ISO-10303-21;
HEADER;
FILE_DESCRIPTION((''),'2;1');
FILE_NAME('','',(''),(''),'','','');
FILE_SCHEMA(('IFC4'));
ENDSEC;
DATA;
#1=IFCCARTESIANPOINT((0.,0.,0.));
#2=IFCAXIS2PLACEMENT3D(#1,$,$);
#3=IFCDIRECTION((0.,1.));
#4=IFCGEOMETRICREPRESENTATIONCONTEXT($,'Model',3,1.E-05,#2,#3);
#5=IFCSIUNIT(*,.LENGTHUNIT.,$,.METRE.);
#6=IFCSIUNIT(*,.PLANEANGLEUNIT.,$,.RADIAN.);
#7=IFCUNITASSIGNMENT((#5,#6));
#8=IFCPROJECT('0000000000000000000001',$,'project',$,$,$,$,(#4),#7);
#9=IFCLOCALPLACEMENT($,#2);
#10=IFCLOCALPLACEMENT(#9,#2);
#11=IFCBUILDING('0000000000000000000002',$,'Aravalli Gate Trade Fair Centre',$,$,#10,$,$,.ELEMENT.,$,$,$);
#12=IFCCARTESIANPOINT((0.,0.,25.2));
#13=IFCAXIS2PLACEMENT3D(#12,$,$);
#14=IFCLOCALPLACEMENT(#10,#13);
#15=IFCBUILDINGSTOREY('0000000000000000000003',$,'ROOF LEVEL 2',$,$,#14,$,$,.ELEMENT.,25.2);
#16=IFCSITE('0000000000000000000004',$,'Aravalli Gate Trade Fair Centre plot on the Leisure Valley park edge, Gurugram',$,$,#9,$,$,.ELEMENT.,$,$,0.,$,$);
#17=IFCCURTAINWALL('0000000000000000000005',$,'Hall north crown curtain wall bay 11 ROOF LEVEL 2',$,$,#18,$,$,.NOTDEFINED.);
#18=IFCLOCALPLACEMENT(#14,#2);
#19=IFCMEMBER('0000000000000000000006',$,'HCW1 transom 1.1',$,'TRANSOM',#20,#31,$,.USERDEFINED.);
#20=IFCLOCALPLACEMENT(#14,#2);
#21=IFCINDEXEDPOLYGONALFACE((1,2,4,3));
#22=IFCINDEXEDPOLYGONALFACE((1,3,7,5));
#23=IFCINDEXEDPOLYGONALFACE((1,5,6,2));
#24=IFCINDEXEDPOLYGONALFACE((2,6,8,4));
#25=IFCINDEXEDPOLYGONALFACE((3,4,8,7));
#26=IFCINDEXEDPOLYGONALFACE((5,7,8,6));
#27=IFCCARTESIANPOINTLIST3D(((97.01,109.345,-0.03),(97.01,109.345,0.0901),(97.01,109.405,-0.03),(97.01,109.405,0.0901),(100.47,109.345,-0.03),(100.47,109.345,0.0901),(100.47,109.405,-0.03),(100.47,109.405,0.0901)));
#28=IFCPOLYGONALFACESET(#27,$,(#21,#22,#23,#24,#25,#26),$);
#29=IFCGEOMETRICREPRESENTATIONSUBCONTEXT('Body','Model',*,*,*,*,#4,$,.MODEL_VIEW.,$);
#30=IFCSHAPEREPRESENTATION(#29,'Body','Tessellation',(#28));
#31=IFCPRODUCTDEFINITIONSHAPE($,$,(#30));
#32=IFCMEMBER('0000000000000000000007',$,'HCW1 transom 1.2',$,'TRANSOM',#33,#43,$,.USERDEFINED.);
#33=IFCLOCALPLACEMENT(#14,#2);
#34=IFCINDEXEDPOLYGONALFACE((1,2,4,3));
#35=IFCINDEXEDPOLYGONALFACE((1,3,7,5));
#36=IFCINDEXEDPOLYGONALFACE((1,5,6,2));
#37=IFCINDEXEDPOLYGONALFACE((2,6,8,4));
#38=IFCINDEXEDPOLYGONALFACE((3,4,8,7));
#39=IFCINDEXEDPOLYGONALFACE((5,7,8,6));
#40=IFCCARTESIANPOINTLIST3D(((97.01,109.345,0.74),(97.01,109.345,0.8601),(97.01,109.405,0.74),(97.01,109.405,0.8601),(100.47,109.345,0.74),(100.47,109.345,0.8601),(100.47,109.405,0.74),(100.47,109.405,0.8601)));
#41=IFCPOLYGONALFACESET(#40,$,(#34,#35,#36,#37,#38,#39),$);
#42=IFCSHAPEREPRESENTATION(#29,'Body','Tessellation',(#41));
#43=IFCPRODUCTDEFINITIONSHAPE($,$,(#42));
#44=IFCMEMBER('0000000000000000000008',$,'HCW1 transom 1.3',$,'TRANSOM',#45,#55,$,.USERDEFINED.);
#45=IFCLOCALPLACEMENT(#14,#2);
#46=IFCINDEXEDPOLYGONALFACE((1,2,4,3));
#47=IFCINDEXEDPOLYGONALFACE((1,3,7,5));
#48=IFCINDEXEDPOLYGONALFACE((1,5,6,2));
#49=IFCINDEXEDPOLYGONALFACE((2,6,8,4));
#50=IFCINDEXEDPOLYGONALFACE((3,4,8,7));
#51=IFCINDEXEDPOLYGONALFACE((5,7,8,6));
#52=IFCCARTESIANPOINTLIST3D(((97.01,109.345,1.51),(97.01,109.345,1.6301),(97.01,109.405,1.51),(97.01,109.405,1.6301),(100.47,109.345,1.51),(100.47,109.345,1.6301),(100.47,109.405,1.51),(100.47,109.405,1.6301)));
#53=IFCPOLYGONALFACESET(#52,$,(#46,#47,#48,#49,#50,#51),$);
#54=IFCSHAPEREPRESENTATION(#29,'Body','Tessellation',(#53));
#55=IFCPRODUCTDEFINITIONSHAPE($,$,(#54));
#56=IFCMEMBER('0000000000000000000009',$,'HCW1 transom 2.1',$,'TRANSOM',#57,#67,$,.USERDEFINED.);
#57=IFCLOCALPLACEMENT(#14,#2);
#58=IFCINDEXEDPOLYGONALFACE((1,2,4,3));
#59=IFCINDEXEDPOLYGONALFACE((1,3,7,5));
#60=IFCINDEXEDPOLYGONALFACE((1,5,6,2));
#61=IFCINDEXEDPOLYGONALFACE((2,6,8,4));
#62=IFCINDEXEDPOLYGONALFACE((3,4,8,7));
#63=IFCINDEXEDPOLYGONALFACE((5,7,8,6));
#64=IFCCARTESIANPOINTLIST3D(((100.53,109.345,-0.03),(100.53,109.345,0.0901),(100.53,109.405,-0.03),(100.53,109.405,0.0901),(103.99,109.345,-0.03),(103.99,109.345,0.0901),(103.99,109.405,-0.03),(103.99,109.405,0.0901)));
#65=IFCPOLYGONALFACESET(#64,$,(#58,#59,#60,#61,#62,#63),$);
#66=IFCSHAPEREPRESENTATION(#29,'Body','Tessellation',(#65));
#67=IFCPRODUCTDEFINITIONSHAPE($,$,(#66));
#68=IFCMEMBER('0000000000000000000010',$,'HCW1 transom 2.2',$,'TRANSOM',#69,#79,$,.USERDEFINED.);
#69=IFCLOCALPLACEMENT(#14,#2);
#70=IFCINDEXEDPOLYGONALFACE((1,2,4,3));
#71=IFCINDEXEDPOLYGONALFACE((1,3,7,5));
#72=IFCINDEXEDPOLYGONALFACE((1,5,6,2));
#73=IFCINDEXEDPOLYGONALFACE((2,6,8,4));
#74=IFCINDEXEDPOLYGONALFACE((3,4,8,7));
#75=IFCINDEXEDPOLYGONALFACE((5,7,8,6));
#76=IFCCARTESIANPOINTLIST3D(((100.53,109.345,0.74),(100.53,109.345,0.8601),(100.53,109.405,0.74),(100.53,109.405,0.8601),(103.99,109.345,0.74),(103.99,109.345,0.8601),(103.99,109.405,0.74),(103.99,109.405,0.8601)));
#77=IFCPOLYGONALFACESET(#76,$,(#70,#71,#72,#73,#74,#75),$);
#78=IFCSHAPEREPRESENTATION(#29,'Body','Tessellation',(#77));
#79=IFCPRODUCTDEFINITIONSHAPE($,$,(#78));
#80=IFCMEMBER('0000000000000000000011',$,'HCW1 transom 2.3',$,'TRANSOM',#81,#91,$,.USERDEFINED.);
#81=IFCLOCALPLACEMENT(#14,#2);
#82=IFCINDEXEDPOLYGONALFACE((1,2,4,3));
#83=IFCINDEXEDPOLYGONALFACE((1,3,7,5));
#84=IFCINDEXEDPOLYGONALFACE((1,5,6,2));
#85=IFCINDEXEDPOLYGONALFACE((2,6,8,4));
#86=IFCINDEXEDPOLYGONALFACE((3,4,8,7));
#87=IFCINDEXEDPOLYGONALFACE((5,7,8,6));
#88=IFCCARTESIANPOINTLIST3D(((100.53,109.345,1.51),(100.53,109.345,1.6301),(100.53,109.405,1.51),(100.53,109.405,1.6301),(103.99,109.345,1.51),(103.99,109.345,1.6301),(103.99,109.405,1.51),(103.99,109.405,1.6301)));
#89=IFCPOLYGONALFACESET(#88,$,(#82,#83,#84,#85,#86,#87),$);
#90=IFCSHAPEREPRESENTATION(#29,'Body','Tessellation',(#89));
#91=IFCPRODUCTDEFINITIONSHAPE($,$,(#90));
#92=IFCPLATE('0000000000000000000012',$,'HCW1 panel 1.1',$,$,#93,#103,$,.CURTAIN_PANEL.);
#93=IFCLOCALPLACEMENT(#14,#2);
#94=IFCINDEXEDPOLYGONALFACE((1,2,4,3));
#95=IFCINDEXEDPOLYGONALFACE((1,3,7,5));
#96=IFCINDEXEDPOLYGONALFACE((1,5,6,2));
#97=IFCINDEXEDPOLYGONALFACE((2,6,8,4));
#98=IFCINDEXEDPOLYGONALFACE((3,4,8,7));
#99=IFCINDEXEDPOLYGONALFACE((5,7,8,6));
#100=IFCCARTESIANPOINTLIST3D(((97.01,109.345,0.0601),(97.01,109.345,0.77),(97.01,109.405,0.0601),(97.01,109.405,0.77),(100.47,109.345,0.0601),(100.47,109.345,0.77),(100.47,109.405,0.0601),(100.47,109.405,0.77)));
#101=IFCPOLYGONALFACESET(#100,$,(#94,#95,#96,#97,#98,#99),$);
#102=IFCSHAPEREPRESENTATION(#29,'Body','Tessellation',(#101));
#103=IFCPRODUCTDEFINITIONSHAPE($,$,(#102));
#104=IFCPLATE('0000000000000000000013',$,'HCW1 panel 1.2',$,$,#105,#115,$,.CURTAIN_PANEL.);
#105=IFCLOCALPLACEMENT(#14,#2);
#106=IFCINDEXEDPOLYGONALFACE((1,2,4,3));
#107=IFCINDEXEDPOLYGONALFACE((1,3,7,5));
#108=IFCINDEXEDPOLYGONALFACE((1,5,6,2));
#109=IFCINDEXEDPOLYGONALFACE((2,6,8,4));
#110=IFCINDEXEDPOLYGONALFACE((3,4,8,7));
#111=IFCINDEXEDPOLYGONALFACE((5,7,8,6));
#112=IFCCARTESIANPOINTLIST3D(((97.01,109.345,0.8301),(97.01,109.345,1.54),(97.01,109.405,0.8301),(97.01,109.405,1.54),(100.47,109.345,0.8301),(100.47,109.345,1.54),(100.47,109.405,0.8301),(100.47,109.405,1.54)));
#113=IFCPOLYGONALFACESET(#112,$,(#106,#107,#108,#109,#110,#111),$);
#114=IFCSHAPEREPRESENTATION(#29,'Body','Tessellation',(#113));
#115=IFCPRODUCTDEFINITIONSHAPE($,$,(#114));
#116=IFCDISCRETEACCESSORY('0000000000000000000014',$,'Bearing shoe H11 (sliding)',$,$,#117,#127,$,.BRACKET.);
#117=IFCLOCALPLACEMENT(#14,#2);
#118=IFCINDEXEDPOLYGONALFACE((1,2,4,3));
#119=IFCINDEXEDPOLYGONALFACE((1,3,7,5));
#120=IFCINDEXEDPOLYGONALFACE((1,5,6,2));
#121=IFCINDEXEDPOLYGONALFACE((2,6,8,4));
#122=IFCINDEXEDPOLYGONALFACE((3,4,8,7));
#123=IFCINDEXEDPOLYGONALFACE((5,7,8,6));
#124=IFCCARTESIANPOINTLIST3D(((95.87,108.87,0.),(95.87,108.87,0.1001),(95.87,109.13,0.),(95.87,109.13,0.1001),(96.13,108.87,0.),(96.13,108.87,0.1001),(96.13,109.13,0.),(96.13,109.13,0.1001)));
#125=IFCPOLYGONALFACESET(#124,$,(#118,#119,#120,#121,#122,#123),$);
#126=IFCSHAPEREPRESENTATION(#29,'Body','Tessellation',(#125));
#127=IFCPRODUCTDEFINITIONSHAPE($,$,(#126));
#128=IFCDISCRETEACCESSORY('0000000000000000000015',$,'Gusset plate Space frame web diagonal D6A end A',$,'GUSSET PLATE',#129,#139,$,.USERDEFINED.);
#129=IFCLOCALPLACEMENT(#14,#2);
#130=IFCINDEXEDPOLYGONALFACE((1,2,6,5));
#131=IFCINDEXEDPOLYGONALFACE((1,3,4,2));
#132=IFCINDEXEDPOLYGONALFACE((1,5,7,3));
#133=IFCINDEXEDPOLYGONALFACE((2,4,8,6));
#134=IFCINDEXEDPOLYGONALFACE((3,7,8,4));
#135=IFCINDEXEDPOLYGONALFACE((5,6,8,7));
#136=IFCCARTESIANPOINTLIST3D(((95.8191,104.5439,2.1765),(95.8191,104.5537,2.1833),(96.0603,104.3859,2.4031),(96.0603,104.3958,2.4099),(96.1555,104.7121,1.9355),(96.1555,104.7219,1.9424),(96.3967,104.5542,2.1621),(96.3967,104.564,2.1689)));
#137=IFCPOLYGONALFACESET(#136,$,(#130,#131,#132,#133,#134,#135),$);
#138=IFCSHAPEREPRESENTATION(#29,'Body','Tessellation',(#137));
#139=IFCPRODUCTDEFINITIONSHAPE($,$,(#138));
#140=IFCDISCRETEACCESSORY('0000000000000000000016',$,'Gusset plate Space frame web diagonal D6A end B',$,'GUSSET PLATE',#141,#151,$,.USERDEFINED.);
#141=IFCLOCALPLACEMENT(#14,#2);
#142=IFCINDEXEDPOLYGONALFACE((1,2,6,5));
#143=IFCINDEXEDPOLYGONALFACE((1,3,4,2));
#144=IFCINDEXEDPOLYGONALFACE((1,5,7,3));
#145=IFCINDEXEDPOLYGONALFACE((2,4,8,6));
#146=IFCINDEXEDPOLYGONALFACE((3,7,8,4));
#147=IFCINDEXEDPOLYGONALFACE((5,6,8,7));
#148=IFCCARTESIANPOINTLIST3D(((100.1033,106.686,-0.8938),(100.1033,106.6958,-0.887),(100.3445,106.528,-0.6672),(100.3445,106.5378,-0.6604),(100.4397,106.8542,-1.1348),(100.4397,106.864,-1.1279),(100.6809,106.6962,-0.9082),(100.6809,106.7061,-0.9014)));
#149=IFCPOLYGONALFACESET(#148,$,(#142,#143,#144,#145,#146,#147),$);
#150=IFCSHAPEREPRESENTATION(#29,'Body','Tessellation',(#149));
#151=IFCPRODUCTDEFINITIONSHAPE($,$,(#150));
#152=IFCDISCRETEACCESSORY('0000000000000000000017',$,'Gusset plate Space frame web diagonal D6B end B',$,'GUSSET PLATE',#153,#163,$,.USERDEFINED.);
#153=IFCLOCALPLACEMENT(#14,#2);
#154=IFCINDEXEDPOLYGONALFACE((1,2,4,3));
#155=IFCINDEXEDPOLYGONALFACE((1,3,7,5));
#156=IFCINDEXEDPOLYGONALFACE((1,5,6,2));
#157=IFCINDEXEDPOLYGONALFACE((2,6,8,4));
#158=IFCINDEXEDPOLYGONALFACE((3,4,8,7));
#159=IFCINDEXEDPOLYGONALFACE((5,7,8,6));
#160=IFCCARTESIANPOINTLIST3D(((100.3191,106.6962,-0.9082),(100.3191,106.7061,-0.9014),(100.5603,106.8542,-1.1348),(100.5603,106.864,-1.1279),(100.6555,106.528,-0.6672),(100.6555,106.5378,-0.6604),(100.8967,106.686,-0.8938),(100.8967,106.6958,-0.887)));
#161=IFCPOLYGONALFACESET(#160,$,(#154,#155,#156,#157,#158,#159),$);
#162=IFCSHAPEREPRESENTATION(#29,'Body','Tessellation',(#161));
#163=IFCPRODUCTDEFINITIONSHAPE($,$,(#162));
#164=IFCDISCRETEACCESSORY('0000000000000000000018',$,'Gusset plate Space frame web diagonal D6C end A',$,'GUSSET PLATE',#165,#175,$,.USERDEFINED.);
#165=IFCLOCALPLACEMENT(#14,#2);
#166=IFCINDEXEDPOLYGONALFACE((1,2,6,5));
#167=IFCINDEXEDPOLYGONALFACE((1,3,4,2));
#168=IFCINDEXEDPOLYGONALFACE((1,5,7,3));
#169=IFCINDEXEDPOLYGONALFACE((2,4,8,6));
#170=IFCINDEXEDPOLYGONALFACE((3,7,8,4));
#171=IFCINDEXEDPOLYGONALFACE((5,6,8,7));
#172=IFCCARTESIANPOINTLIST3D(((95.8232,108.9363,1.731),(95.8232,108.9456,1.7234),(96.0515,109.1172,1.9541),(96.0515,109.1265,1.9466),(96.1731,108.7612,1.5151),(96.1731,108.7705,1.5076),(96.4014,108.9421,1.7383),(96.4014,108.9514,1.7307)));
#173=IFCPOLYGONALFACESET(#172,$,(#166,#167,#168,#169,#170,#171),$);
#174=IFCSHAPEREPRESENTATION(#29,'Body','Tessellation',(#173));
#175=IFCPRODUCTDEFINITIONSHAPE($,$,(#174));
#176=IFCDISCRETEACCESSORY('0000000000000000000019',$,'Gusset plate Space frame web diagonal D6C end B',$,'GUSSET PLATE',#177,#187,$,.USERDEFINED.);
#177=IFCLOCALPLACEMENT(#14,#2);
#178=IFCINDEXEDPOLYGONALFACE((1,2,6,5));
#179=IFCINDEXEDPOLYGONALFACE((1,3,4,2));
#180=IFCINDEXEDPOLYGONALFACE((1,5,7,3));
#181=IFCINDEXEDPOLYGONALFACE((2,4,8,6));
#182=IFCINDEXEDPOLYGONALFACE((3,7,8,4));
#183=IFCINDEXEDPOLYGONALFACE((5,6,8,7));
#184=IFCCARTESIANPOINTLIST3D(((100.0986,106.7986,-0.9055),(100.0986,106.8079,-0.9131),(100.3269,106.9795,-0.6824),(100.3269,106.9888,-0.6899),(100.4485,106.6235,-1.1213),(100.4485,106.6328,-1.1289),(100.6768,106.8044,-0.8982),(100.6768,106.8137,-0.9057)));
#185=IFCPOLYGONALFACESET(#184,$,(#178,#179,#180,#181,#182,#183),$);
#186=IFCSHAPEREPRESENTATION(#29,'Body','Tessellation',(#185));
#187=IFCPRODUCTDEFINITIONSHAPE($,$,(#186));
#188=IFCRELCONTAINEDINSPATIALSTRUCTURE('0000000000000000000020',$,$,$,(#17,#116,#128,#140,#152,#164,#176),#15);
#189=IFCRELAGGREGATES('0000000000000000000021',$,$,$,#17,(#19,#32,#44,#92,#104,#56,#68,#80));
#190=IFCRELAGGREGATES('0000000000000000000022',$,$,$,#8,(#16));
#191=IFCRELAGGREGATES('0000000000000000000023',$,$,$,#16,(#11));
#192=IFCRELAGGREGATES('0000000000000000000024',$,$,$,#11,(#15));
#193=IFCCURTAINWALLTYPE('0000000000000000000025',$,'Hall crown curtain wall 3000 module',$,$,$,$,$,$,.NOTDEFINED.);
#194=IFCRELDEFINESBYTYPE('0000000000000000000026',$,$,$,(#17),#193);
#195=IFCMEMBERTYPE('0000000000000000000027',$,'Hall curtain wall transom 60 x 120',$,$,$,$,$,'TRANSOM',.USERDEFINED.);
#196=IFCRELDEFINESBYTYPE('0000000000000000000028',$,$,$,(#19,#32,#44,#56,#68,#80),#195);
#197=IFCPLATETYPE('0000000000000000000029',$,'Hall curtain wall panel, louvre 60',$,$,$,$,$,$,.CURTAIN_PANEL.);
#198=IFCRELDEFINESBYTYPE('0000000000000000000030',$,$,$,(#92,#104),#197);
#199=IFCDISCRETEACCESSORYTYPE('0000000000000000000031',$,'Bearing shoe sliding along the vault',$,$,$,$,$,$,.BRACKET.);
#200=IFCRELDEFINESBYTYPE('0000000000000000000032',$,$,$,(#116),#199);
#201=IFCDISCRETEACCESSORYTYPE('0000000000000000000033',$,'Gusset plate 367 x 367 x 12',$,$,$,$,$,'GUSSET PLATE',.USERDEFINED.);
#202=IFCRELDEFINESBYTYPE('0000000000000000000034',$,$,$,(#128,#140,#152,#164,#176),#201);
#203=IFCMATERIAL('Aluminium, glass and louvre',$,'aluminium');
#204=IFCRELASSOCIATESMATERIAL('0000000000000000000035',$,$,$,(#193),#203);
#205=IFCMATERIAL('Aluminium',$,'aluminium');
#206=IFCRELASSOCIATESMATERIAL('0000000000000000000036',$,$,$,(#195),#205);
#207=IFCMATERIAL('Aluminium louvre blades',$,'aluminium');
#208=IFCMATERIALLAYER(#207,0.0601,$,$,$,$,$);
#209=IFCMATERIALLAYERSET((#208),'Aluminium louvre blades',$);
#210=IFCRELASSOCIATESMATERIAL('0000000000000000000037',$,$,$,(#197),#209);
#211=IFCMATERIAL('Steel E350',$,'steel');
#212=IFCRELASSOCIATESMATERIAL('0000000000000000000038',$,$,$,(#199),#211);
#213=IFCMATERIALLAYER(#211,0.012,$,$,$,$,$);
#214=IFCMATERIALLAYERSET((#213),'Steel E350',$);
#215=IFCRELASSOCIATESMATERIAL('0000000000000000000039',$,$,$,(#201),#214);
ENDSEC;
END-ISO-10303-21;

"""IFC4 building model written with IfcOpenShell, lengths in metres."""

from ifc_helpers import new_model, si_unit, direction, frame, origin, origin_2d, place, context, subcontext, project, spatial, polyline, rectangle, outline, extrude, material, layer, layer_set, material_profile, profile_set, type_object, element, aggregate, save


model = new_model("IFC4")

# Units and contexts
model_context = context("Model", 3, precision=1e-05, world=origin(), true_north=direction((0.0, 1.0)))
body_context = subcontext(model_context, "Body", "Model", "MODEL_VIEW")
ifc_project = project(units=[si_unit("LENGTHUNIT", "METRE"), si_unit("PLANEANGLEUNIT", "RADIAN")], contexts=[model_context])

# Site, building, storey
site_placement = place(None, origin())
site = spatial("IfcSite", under=ifc_project, at=site_placement, Name="Aravalli Gate Trade Fair Centre plot on the Leisure Valley park edge, Gurugram", CompositionType="ELEMENT", RefElevation=0.0)
building_placement = place(site_placement, origin())
building = spatial("IfcBuilding", under=site, at=building_placement, Name="Aravalli Gate Trade Fair Centre", CompositionType="ELEMENT")
storey_placement = place(building_placement, frame((0.0, 0.0, 25.2)))
storey = spatial("IfcBuildingStorey", under=building, at=storey_placement, Name="ROOF LEVEL 2", CompositionType="ELEMENT", Elevation=25.2)

# Shared definitions
ifc_material_1 = material(Name="Steel E350", Category="steel")

# Curtain wall, members, plates
ifc_material_2 = material(Name="Aluminium, glass and louvre", Category="aluminium")
curtain_wall_type = type_object("IfcCurtainWallType", Name="Hall crown curtain wall 3000 module", PredefinedType="NOTDEFINED", material=ifc_material_2)
curtain_wall_placement = place(storey_placement, origin())
curtain_wall = element("IfcCurtainWall", 1, at=curtain_wall_placement, inside=storey, type_object=curtain_wall_type, Name="Hall north crown curtain wall bay 11 ROOF LEVEL 2", PredefinedType="NOTDEFINED")
ifc_material_3 = material(Name="Aluminium", Category="aluminium")
ifc_material_profile_1 = material_profile(ifc_material_3, rectangle(XDim=0.0601, YDim=0.1201, at=origin_2d()), Name="Hall curtain wall transom 60 x 120")
ifc_profile_set_1 = profile_set([ifc_material_profile_1], Name="Aluminium")
member_type_1 = type_object("IfcMemberType", Name="Hall curtain wall transom 60 x 120", ElementType="TRANSOM", PredefinedType="USERDEFINED", material=ifc_profile_set_1)
member_1_placement = place(storey_placement, frame((97.01, 109.375, 0.03), z_axis=(1.0, 0.0, 0.0), x_axis=(0.0, 1.0, 0.0)))
member_1 = element("IfcMember", 2, at=member_1_placement, type_object=member_type_1, Name="HCW1 transom 1.1", ObjectType="TRANSOM", PredefinedType="USERDEFINED", context=body_context, shape_type="SweptSolid", body=[
    extrude(rectangle(XDim=0.0601, YDim=0.1201, at=origin_2d()), origin(), (0.0, 0.0, 1.0), 3.46),
])
member_2_placement = place(storey_placement, frame((97.01, 109.375, 0.8), z_axis=(1.0, 0.0, 0.0), x_axis=(0.0, 1.0, 0.0)))
member_2 = element("IfcMember", 3, at=member_2_placement, type_object=member_type_1, Name="HCW1 transom 1.2", ObjectType="TRANSOM", PredefinedType="USERDEFINED", context=body_context, shape_type="SweptSolid", body=[
    extrude(rectangle(XDim=0.0601, YDim=0.1201, at=origin_2d()), origin(), (0.0, 0.0, 1.0), 3.46),
])
member_3_placement = place(storey_placement, frame((97.01, 109.375, 1.5701), z_axis=(1.0, 0.0, 0.0), x_axis=(0.0, 1.0, 0.0)))
member_3 = element("IfcMember", 4, at=member_3_placement, type_object=member_type_1, Name="HCW1 transom 1.3", ObjectType="TRANSOM", PredefinedType="USERDEFINED", context=body_context, shape_type="SweptSolid", body=[
    extrude(rectangle(XDim=0.0601, YDim=0.1201, at=origin_2d()), origin(), (0.0, 0.0, 1.0), 3.46),
])
member_4_placement = place(storey_placement, frame((100.53, 109.375, 0.03), z_axis=(1.0, 0.0, 0.0), x_axis=(0.0, 1.0, 0.0)))
member_4 = element("IfcMember", 5, at=member_4_placement, type_object=member_type_1, Name="HCW1 transom 2.1", ObjectType="TRANSOM", PredefinedType="USERDEFINED", context=body_context, shape_type="SweptSolid", body=[
    extrude(rectangle(XDim=0.0601, YDim=0.1201, at=origin_2d()), origin(), (0.0, 0.0, 1.0), 3.46),
])
member_5_placement = place(storey_placement, frame((100.53, 109.375, 0.8), z_axis=(1.0, 0.0, 0.0), x_axis=(0.0, 1.0, 0.0)))
member_5 = element("IfcMember", 6, at=member_5_placement, type_object=member_type_1, Name="HCW1 transom 2.2", ObjectType="TRANSOM", PredefinedType="USERDEFINED", context=body_context, shape_type="SweptSolid", body=[
    extrude(rectangle(XDim=0.0601, YDim=0.1201, at=origin_2d()), origin(), (0.0, 0.0, 1.0), 3.46),
])
member_6_placement = place(storey_placement, frame((100.53, 109.375, 1.5701), z_axis=(1.0, 0.0, 0.0), x_axis=(0.0, 1.0, 0.0)))
member_6 = element("IfcMember", 7, at=member_6_placement, type_object=member_type_1, Name="HCW1 transom 2.3", ObjectType="TRANSOM", PredefinedType="USERDEFINED", context=body_context, shape_type="SweptSolid", body=[
    extrude(rectangle(XDim=0.0601, YDim=0.1201, at=origin_2d()), origin(), (0.0, 0.0, 1.0), 3.46),
])
ifc_material_4 = material(Name="Aluminium louvre blades", Category="aluminium")
ifc_layer_1 = layer(ifc_material_4, 0.0601)
ifc_layer_set_1 = layer_set([ifc_layer_1], Name="Aluminium louvre blades")
plate_type = type_object("IfcPlateType", Name="Hall curtain wall panel, louvre 60", PredefinedType="CURTAIN_PANEL", material=ifc_layer_set_1)
plate_1_placement = place(storey_placement, frame((98.74, 109.375, 0.0601), z_axis=(0.0, 0.0, 1.0), x_axis=(1.0, 0.0, 0.0)))
plate_1 = element("IfcPlate", 8, at=plate_1_placement, type_object=plate_type, Name="HCW1 panel 1.1", PredefinedType="CURTAIN_PANEL", context=body_context, shape_type="SweptSolid", body=[
    extrude(rectangle(XDim=3.46, YDim=0.0601, at=origin_2d()), origin(), (0.0, 0.0, 1.0), 0.71),
])
plate_2_placement = place(storey_placement, frame((98.74, 109.375, 0.8301), z_axis=(0.0, 0.0, 1.0), x_axis=(1.0, 0.0, 0.0)))
plate_2 = element("IfcPlate", 9, at=plate_2_placement, type_object=plate_type, Name="HCW1 panel 1.2", PredefinedType="CURTAIN_PANEL", context=body_context, shape_type="SweptSolid", body=[
    extrude(rectangle(XDim=3.46, YDim=0.0601, at=origin_2d()), origin(), (0.0, 0.0, 1.0), 0.71),
])
aggregate(curtain_wall, [member_1, member_2, member_3, plate_1, plate_2, member_4, member_5, member_6])

# Discrete accessories
discrete_accessory_type_1 = type_object("IfcDiscreteAccessoryType", Name="Bearing shoe sliding along the vault", PredefinedType="BRACKET", material=ifc_material_1)
discrete_accessory_1_placement = place(storey_placement, frame((96.0, 109.0, 0.0), z_axis=(0.0, 0.0, 1.0), x_axis=(1.0, 0.0, 0.0)))
element("IfcDiscreteAccessory", 10, at=discrete_accessory_1_placement, inside=storey, type_object=discrete_accessory_type_1, Name="Bearing shoe H11 (sliding)", PredefinedType="BRACKET", context=body_context, shape_type="SweptSolid", body=[
    extrude(rectangle(XDim=0.26, YDim=0.26, at=origin_2d()), origin(), (0.0, 0.0, 1.0), 0.1001),
])
ifc_layer_2 = layer(ifc_material_1, 0.012)
ifc_layer_set_2 = layer_set([ifc_layer_2], Name="Steel E350")
discrete_accessory_type_2 = type_object("IfcDiscreteAccessoryType", Name="Gusset plate 367 x 367 x 12", ElementType="GUSSET PLATE", PredefinedType="USERDEFINED", material=ifc_layer_set_2)
discrete_accessory_2_placement = place(storey_placement, frame((96.1555, 104.7219, 1.9424), z_axis=(-0.000292, 0.820164, 0.572128), x_axis=(-0.753132, -0.376566, 0.539435)))
element("IfcDiscreteAccessory", 11, at=discrete_accessory_2_placement, inside=storey, type_object=discrete_accessory_type_2, Name="Gusset plate Space frame web diagonal D6A end A", ObjectType="GUSSET PLATE", PredefinedType="USERDEFINED", context=body_context, shape_type="SweptSolid", body=[
    extrude(outline(polyline([(0.0, 0.0), (0.4467, 0.0), (0.4467, 0.3667), (0.0, 0.3667), (0.0, 0.0)])), origin(), (0.0, 0.0, -1.0), 0.012),
])
discrete_accessory_3_placement = place(storey_placement, frame((100.1033, 106.6958, -0.887), z_axis=(-0.000292, 0.820164, 0.572128), x_axis=(0.753132, 0.376566, -0.539435)))
element("IfcDiscreteAccessory", 12, at=discrete_accessory_3_placement, inside=storey, type_object=discrete_accessory_type_2, Name="Gusset plate Space frame web diagonal D6A end B", ObjectType="GUSSET PLATE", PredefinedType="USERDEFINED", context=body_context, shape_type="SweptSolid", body=[
    extrude(outline(polyline([(0.0, 0.0), (0.4467, 0.0), (0.4467, -0.3667), (0.0, -0.3667), (0.0, 0.0)])), origin(), (0.0, 0.0, -1.0), 0.012),
])
discrete_accessory_4_placement = place(storey_placement, frame((100.6555, 106.5378, -0.6604), z_axis=(0.000292, 0.820164, 0.572128), x_axis=(-0.753132, 0.376566, -0.539435)))
element("IfcDiscreteAccessory", 13, at=discrete_accessory_4_placement, inside=storey, type_object=discrete_accessory_type_2, Name="Gusset plate Space frame web diagonal D6B end B", ObjectType="GUSSET PLATE", PredefinedType="USERDEFINED", context=body_context, shape_type="SweptSolid", body=[
    extrude(outline(polyline([(0.0, 0.0), (0.4467, 0.0), (0.4467, -0.3667), (0.0, -0.3667), (0.0, 0.0)])), origin(), (0.0, 0.0, -1.0), 0.012),
])
discrete_accessory_5_placement = place(storey_placement, frame((96.1731, 108.7612, 1.5151), z_axis=(-0.000107, -0.776736, 0.629826), x_axis=(-0.783044, 0.391795, 0.48305)))
element("IfcDiscreteAccessory", 14, at=discrete_accessory_5_placement, inside=storey, type_object=discrete_accessory_type_2, Name="Gusset plate Space frame web diagonal D6C end A", ObjectType="GUSSET PLATE", PredefinedType="USERDEFINED", context=body_context, shape_type="SweptSolid", body=[
    extrude(outline(polyline([(0.0, 0.0), (0.4468, 0.0), (0.4467, -0.3669), (-0.0001, -0.3669), (0.0, 0.0)])), origin(), (0.0, 0.0, -1.0), 0.012),
])
discrete_accessory_6_placement = place(storey_placement, frame((100.0986, 106.7986, -0.9055), z_axis=(-0.000107, -0.776736, 0.629826), x_axis=(0.783044, -0.391795, -0.48305)))
element("IfcDiscreteAccessory", 15, at=discrete_accessory_6_placement, inside=storey, type_object=discrete_accessory_type_2, Name="Gusset plate Space frame web diagonal D6C end B", ObjectType="GUSSET PLATE", PredefinedType="USERDEFINED", context=body_context, shape_type="SweptSolid", body=[
    extrude(outline(polyline([(0.0, 0.0), (0.4468, 0.0), (0.4469, 0.3669), (0.0001, 0.3669), (0.0, 0.0)])), origin(), (0.0, 0.0, -1.0), 0.012),
])

save(model, "model.ifc")
